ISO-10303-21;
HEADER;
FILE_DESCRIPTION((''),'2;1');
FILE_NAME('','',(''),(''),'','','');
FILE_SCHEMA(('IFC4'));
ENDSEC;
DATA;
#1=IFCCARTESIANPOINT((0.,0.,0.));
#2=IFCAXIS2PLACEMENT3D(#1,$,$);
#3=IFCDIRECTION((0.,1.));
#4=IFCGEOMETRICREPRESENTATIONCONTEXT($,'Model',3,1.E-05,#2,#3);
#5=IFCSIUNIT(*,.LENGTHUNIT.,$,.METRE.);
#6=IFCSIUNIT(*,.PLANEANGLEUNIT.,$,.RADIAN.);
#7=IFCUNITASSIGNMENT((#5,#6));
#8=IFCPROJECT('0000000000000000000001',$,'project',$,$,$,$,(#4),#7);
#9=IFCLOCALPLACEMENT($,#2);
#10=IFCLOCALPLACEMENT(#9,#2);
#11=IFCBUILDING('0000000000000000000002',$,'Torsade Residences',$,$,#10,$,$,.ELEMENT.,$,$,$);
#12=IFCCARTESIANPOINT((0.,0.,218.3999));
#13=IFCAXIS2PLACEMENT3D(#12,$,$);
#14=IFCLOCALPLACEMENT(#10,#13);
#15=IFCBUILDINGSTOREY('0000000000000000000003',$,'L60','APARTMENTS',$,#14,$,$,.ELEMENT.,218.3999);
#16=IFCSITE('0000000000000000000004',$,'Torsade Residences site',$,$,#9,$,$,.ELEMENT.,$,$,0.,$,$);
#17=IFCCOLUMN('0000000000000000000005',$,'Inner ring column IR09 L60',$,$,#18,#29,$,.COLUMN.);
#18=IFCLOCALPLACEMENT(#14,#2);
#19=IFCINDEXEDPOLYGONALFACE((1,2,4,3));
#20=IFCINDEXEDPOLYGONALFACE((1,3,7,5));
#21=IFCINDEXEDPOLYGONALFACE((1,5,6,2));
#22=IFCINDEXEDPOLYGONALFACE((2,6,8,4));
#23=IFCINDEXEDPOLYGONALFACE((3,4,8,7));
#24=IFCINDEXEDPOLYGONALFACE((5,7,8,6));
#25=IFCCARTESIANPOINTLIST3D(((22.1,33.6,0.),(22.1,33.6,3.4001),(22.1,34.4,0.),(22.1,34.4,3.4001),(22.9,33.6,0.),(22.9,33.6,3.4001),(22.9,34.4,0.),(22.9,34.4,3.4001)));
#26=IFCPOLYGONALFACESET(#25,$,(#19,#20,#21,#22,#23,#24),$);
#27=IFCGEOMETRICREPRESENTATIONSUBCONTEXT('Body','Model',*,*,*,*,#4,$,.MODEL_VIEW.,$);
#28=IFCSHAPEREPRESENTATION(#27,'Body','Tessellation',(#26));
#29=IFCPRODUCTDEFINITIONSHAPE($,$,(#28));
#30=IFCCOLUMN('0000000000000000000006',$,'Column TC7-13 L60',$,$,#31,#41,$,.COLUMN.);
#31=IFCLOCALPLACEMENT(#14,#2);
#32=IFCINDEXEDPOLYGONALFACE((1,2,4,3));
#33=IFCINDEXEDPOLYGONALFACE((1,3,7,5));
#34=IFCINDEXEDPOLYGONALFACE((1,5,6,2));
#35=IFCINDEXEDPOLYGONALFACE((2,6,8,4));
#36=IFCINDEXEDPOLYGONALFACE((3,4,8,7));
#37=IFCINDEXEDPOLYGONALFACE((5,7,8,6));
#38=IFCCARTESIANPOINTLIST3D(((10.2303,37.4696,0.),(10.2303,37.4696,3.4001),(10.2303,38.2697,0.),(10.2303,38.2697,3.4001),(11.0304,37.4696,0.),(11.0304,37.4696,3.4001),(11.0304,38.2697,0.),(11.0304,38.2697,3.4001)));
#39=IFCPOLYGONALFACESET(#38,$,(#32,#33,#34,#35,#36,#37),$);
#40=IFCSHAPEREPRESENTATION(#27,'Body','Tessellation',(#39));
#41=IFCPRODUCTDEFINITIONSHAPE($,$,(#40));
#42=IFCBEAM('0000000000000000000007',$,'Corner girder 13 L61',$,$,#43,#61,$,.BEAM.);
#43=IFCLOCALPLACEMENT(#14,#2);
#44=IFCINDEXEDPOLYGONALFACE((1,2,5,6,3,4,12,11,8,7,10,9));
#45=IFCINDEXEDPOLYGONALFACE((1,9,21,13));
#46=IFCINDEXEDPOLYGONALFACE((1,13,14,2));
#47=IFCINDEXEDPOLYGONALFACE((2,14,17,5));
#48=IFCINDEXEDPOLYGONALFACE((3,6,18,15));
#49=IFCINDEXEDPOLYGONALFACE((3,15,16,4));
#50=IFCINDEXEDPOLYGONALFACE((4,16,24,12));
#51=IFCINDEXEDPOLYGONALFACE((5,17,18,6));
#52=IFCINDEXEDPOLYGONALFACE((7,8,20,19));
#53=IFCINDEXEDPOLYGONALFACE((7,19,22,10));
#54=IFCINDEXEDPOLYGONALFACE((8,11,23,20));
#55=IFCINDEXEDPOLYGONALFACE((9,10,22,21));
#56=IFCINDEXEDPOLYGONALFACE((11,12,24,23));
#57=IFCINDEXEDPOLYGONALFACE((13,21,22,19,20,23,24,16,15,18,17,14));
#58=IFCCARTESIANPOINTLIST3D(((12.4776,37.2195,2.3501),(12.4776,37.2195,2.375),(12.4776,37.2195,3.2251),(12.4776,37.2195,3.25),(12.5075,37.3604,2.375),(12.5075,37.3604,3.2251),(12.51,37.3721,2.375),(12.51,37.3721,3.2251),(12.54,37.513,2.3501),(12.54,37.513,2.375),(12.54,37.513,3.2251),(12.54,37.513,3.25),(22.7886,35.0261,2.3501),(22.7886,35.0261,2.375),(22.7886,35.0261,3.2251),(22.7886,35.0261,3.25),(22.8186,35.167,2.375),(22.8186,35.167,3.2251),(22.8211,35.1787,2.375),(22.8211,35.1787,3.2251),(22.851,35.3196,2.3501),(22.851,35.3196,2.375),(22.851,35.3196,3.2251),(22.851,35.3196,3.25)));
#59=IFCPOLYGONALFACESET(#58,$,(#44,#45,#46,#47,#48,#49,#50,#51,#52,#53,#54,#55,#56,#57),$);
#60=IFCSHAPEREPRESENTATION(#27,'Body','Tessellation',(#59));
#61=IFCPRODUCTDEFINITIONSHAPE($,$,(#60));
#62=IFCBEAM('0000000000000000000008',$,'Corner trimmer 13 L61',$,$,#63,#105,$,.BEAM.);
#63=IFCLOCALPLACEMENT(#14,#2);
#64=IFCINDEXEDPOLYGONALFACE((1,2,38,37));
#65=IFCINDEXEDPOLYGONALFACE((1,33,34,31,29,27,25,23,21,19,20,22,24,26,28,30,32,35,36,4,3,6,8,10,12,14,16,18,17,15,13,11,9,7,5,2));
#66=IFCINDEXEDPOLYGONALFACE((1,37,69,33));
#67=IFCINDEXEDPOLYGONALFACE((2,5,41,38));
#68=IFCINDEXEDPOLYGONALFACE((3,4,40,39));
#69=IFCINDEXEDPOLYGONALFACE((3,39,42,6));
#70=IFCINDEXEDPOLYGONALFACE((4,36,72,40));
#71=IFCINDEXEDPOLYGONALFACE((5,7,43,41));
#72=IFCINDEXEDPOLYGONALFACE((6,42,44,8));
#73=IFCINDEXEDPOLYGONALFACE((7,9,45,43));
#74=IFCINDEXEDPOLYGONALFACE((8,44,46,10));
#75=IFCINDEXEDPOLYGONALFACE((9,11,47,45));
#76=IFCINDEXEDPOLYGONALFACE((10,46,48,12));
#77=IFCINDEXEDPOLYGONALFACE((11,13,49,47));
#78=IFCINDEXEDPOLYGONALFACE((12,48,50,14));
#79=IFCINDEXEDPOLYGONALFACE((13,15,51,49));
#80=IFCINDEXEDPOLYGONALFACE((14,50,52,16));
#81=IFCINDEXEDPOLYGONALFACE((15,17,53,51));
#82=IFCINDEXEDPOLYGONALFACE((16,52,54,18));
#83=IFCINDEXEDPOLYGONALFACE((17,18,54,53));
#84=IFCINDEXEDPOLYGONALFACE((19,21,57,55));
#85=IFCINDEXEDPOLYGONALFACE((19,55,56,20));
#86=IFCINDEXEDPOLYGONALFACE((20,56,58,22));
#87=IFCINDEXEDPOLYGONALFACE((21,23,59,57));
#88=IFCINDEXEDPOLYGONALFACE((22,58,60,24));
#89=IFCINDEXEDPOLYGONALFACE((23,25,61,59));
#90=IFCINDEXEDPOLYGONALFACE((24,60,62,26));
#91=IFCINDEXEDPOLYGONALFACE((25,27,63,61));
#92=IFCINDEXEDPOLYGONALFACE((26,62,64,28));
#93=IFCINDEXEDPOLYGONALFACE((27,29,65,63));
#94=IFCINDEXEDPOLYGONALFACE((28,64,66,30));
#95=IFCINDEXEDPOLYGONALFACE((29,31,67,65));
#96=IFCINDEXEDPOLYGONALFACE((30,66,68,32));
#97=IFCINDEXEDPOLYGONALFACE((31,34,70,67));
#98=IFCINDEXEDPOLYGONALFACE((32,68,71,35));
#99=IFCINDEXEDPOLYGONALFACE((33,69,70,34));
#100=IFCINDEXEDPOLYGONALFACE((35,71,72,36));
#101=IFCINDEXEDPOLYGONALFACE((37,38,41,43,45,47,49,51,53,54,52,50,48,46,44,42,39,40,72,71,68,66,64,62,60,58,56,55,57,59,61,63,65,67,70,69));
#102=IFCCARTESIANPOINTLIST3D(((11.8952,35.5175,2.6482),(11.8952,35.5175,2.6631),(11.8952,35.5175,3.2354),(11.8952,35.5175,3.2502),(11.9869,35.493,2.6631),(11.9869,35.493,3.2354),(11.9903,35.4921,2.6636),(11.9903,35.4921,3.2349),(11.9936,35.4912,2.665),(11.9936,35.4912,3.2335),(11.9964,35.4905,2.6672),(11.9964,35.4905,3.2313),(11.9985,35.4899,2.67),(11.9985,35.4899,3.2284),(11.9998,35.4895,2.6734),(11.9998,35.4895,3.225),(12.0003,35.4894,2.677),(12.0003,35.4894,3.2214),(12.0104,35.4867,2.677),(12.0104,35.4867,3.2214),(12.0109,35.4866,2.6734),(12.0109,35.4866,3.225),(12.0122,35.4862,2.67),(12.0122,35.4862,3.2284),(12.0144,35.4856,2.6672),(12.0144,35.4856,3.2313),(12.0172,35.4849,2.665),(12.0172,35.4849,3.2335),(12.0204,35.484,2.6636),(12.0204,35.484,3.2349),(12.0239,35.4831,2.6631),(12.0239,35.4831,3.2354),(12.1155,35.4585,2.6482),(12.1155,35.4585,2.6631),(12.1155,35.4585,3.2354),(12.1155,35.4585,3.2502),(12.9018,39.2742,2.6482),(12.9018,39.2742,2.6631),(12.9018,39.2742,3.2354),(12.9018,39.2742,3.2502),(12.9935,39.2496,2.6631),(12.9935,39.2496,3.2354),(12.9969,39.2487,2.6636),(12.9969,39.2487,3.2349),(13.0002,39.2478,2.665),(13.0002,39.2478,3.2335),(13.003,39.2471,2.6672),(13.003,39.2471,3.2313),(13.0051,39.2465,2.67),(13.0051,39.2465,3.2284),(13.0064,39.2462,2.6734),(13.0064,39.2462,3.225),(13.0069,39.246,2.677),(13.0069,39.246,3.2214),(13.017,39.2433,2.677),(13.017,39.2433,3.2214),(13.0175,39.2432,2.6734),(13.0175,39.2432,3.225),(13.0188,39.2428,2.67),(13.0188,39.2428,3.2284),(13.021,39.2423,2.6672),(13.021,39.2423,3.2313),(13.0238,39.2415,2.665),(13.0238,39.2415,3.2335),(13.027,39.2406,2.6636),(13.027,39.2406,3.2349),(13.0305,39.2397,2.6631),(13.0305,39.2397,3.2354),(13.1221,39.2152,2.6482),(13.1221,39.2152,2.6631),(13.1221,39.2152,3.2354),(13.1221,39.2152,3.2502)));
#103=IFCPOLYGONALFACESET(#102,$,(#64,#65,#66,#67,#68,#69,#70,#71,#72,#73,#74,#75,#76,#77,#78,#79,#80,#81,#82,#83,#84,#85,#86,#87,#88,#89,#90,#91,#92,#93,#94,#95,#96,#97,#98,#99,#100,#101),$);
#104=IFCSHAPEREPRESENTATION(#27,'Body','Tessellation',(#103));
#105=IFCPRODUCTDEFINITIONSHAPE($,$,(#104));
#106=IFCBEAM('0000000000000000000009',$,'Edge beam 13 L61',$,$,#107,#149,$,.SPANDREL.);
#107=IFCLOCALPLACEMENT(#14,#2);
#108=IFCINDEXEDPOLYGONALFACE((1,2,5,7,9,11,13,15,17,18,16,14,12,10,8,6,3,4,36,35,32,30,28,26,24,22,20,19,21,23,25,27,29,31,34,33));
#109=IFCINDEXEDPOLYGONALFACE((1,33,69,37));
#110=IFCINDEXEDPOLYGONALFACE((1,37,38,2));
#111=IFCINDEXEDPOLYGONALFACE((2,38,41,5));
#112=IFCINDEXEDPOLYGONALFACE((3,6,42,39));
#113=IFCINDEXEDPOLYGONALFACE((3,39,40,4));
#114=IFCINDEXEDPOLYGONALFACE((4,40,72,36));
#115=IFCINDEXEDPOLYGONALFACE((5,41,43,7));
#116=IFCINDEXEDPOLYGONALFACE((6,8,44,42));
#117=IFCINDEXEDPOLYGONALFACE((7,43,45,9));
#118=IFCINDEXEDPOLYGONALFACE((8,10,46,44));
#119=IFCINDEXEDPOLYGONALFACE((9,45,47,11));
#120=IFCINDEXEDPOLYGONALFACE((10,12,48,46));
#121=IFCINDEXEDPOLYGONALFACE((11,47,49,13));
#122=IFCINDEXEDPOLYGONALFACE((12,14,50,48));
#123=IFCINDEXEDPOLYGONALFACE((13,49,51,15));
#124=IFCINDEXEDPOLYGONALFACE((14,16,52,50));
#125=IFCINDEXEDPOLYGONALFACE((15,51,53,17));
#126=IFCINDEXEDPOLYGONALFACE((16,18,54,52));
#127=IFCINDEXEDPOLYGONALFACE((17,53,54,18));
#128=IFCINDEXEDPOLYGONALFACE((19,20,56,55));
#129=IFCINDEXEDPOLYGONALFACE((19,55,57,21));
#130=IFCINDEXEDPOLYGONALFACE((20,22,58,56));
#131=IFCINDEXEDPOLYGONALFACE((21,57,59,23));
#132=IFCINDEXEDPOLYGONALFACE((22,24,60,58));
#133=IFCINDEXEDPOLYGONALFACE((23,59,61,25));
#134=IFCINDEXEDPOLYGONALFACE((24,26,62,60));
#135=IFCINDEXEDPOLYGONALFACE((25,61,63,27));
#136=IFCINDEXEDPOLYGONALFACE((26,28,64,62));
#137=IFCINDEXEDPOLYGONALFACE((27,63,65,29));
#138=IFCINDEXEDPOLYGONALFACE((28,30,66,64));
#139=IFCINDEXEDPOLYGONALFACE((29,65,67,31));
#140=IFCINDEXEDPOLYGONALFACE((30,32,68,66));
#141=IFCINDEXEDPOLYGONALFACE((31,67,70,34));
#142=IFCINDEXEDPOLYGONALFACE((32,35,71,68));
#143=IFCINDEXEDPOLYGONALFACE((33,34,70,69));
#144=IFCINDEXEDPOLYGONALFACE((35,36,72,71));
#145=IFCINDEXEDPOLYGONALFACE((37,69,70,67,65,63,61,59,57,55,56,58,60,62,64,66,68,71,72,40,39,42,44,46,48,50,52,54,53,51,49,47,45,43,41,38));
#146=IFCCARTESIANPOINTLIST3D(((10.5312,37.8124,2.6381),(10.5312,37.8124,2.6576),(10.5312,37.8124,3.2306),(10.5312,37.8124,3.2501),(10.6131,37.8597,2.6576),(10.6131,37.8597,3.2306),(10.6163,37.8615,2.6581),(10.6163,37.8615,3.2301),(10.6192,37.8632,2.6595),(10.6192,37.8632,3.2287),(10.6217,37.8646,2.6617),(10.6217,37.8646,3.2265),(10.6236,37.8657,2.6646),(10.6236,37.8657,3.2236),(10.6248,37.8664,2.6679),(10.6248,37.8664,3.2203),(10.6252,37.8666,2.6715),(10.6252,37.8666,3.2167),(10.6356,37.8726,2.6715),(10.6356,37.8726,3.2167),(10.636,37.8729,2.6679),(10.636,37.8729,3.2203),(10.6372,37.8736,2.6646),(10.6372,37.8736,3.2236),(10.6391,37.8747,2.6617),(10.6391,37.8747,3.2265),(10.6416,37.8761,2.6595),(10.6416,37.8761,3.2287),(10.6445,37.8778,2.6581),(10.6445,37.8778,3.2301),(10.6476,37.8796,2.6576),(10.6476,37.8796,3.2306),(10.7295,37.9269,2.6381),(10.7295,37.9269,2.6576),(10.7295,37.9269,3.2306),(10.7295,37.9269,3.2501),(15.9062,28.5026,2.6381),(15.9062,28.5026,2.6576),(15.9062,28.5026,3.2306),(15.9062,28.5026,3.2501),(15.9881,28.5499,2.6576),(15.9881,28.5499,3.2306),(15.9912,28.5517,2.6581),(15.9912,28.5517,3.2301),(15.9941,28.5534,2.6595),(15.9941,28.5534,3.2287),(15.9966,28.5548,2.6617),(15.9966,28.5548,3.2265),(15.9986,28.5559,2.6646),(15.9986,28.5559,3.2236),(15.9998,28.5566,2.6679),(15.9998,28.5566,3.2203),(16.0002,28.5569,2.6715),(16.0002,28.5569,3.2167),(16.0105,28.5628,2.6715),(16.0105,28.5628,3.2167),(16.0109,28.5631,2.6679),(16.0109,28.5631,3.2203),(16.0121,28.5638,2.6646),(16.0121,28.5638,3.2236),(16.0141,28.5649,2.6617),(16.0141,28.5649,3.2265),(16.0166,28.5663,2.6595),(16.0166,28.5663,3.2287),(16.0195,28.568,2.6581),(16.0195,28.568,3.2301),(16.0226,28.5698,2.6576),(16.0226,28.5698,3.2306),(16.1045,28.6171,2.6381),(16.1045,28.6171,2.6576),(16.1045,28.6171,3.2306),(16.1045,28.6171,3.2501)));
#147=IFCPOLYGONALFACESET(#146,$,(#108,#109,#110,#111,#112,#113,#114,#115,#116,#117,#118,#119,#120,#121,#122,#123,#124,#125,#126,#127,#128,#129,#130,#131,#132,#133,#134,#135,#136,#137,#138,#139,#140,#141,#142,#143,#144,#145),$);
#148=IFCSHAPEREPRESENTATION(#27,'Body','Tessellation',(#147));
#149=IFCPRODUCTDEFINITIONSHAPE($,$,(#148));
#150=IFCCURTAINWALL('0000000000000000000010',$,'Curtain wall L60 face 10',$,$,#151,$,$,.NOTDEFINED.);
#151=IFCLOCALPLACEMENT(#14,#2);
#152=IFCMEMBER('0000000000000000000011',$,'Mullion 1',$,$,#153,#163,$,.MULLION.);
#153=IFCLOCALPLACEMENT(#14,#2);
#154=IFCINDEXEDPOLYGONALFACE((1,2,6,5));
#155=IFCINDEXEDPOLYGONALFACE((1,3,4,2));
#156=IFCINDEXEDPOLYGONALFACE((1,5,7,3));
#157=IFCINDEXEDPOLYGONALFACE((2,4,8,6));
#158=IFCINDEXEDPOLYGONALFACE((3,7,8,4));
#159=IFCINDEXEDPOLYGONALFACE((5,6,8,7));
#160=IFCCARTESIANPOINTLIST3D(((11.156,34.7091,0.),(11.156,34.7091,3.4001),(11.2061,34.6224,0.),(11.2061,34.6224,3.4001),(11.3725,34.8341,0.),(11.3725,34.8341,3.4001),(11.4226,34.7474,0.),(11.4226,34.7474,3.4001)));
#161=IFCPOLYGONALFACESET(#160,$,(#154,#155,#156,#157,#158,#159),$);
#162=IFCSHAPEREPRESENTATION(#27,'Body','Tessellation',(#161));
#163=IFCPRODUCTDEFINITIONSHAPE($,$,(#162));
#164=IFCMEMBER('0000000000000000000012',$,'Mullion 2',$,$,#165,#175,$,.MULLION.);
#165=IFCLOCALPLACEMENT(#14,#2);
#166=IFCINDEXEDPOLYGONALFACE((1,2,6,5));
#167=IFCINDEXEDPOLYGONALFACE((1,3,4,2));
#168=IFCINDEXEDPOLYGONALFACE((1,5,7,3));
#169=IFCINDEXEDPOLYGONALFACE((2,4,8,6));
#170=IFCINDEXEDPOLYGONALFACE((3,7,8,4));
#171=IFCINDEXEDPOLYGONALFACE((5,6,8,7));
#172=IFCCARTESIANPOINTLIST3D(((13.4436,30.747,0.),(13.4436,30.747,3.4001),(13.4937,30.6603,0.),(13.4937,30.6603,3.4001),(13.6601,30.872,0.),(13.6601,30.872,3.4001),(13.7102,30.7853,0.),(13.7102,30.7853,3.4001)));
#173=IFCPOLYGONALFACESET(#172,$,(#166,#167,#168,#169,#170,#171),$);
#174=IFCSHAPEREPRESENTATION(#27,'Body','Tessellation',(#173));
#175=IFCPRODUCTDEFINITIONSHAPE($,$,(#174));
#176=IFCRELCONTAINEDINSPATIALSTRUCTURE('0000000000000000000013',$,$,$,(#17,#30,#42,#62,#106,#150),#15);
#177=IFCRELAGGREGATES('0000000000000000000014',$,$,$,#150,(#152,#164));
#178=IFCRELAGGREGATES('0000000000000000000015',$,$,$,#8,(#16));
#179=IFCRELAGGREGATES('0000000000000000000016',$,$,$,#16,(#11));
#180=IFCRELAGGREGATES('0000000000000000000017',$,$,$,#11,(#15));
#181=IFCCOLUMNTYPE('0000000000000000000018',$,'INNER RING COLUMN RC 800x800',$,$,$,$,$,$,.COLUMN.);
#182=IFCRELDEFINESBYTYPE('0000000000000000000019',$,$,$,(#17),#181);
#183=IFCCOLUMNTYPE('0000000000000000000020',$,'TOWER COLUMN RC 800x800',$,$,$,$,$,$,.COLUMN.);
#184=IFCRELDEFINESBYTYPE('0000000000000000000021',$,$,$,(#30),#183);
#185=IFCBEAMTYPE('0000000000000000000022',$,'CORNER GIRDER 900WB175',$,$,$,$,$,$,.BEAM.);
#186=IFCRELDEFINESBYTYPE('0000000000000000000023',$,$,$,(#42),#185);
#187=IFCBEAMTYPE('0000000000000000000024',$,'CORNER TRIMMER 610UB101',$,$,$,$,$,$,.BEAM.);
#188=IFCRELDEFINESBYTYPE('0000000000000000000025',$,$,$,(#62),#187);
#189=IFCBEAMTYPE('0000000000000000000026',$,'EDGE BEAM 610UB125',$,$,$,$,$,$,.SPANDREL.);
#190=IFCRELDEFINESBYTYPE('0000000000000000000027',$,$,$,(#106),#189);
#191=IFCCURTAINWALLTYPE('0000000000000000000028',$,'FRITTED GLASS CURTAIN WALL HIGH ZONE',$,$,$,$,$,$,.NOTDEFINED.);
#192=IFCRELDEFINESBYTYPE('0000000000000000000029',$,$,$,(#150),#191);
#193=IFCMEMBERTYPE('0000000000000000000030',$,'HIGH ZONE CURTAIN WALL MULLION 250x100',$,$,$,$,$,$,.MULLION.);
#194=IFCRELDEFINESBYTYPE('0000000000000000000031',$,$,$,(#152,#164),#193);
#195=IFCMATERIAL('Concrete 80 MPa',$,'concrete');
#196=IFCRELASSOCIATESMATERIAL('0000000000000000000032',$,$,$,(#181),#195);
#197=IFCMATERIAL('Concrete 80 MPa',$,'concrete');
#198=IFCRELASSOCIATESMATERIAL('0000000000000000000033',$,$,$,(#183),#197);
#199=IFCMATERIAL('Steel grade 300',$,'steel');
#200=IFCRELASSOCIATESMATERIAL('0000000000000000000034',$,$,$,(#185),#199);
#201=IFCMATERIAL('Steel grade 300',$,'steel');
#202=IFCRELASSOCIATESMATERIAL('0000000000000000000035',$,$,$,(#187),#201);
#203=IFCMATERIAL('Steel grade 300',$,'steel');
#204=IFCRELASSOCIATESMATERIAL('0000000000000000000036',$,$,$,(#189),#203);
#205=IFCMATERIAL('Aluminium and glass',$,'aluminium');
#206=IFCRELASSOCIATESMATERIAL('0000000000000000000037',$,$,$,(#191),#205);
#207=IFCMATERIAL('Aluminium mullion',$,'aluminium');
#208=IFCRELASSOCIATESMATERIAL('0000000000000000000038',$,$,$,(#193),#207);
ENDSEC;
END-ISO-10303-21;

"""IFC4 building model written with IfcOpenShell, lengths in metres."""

from ifc_helpers import new_model, si_unit, direction, frame, origin, origin_2d, place, context, subcontext, project, spatial, rectangle, i_section, extrude, material, material_profile, profile_set, type_object, element, aggregate, save


model = new_model("IFC4")

# Units and contexts
model_context = context("Model", 3, precision=1e-05, world=origin(), true_north=direction((0.0, 1.0)))
body_context = subcontext(model_context, "Body", "Model", "MODEL_VIEW")
ifc_project = project(units=[si_unit("LENGTHUNIT", "METRE"), si_unit("PLANEANGLEUNIT", "RADIAN")], contexts=[model_context])

# Site, building, storey
site_placement = place(None, origin())
site = spatial("IfcSite", under=ifc_project, at=site_placement, Name="Torsade Residences site", CompositionType="ELEMENT", RefElevation=0.0)
building_placement = place(site_placement, origin())
building = spatial("IfcBuilding", under=site, at=building_placement, Name="Torsade Residences", CompositionType="ELEMENT")
storey_placement = place(building_placement, frame((0.0, 0.0, 218.3999)))
storey = spatial("IfcBuildingStorey", under=building, at=storey_placement, Name="L60", Description="APARTMENTS", CompositionType="ELEMENT", Elevation=218.3999)

# Columns
ifc_material_1 = material(Name="Concrete 80 MPa", Category="concrete")
ifc_material_profile_1 = material_profile(ifc_material_1, rectangle(XDim=0.8, YDim=0.8, at=origin_2d()), Name="RC 800x800")
ifc_profile_set_1 = profile_set([ifc_material_profile_1], Name="Concrete 80 MPa")
column_type_1 = type_object("IfcColumnType", Name="INNER RING COLUMN RC 800x800", PredefinedType="COLUMN", material=ifc_profile_set_1)
column_1_placement = place(storey_placement, frame((22.5, 34.0, 0.0), z_axis=(0.0, 0.0, 1.0), x_axis=(1.0, 0.0, 0.0)))
element("IfcColumn", 1, at=column_1_placement, inside=storey, type_object=column_type_1, Name="Inner ring column IR09 L60", PredefinedType="COLUMN", context=body_context, shape_type="SweptSolid", body=[
    extrude(rectangle(XDim=0.8, YDim=0.8, at=origin_2d()), origin(), (0.0, 0.0, 1.0), 3.4001),
])
ifc_material_2 = material(Name="Concrete 80 MPa", Category="concrete")
ifc_material_profile_2 = material_profile(ifc_material_2, rectangle(XDim=0.8, YDim=0.8, at=origin_2d()), Name="RC 800x800")
ifc_profile_set_2 = profile_set([ifc_material_profile_2], Name="Concrete 80 MPa")
column_type_2 = type_object("IfcColumnType", Name="TOWER COLUMN RC 800x800", PredefinedType="COLUMN", material=ifc_profile_set_2)
column_2_placement = place(storey_placement, frame((10.6304, 37.8696, 0.0), z_axis=(0.0, 0.0, 1.0), x_axis=(1.0, 0.0, 0.0)))
element("IfcColumn", 2, at=column_2_placement, inside=storey, type_object=column_type_2, Name="Column TC7-13 L60", PredefinedType="COLUMN", context=body_context, shape_type="SweptSolid", body=[
    extrude(rectangle(XDim=0.8, YDim=0.8, at=origin_2d()), origin(), (0.0, 0.0, 1.0), 3.4001),
])

# Beams
ifc_material_3 = material(Name="Steel grade 300", Category="steel")
ifc_material_profile_3 = material_profile(ifc_material_3, i_section(OverallWidth=0.3, OverallDepth=0.8999, WebThickness=0.012, FlangeThickness=0.0249, at=origin_2d()), Name="900WB175")
ifc_profile_set_3 = profile_set([ifc_material_profile_3], Name="Steel grade 300")
beam_type_1 = type_object("IfcBeamType", Name="CORNER GIRDER 900WB175", PredefinedType="BEAM", material=ifc_profile_set_3)
beam_1_placement = place(storey_placement, frame((12.5088, 37.3662, 2.8), z_axis=(0.978115, -0.208064, 0.0), x_axis=(0.208064, 0.978115, 0.0)))
element("IfcBeam", 3, at=beam_1_placement, inside=storey, type_object=beam_type_1, Name="Corner girder 13 L61", PredefinedType="BEAM", context=body_context, shape_type="SweptSolid", body=[
    extrude(i_section(OverallWidth=0.3, OverallDepth=0.8999, WebThickness=0.012, FlangeThickness=0.0249, at=origin_2d()), origin(), (0.0, 0.0, 1.0), 10.5417),
])
ifc_material_4 = material(Name="Steel grade 300", Category="steel")
ifc_material_profile_4 = material_profile(ifc_material_4, i_section(OverallWidth=0.228, OverallDepth=0.6021, WebThickness=0.0105, FlangeThickness=0.0149, FilletRadius=0.0139, at=origin_2d()), Name="610UB101")
ifc_profile_set_4 = profile_set([ifc_material_profile_4], Name="Steel grade 300")
beam_type_2 = type_object("IfcBeamType", Name="CORNER TRIMMER 610UB101", PredefinedType="BEAM", material=ifc_profile_set_4)
beam_2_placement = place(storey_placement, frame((12.0054, 35.488, 2.9492), z_axis=(0.258823, 0.965925, 0.0), x_axis=(-0.965925, 0.258823, 0.0)))
element("IfcBeam", 4, at=beam_2_placement, inside=storey, type_object=beam_type_2, Name="Corner trimmer 13 L61", PredefinedType="BEAM", context=body_context, shape_type="SweptSolid", body=[
    extrude(i_section(OverallWidth=0.228, OverallDepth=0.6021, WebThickness=0.0105, FlangeThickness=0.0149, FilletRadius=0.0139, at=origin_2d()), origin(), (0.0, 0.0, 1.0), 3.8892),
])
ifc_material_5 = material(Name="Steel grade 300", Category="steel")
ifc_material_profile_5 = material_profile(ifc_material_5, i_section(OverallWidth=0.229, OverallDepth=0.6121, WebThickness=0.012, FlangeThickness=0.0195, FilletRadius=0.0139, at=origin_2d()), Name="610UB125")
ifc_profile_set_5 = profile_set([ifc_material_profile_5], Name="Steel grade 300")
beam_type_3 = type_object("IfcBeamType", Name="EDGE BEAM 610UB125", PredefinedType="SPANDREL", material=ifc_profile_set_5)
beam_3_placement = place(storey_placement, frame((10.6304, 37.8696, 2.9441), z_axis=(0.499998, -0.866026, 0.0), x_axis=(0.866026, 0.499998, 0.0)))
element("IfcBeam", 5, at=beam_3_placement, inside=storey, type_object=beam_type_3, Name="Edge beam 13 L61", PredefinedType="SPANDREL", context=body_context, shape_type="SweptSolid", body=[
    extrude(i_section(OverallWidth=0.229, OverallDepth=0.6121, WebThickness=0.012, FlangeThickness=0.0195, FilletRadius=0.0139, at=origin_2d()), origin(), (0.0, 0.0, 1.0), 10.75),
])

# Curtain wall, members
ifc_material_6 = material(Name="Aluminium and glass", Category="aluminium")
curtain_wall_type = type_object("IfcCurtainWallType", Name="FRITTED GLASS CURTAIN WALL HIGH ZONE", PredefinedType="NOTDEFINED", material=ifc_material_6)
curtain_wall_placement = place(storey_placement, origin())
curtain_wall = element("IfcCurtainWall", 6, at=curtain_wall_placement, inside=storey, type_object=curtain_wall_type, Name="Curtain wall L60 face 10", PredefinedType="NOTDEFINED")
ifc_material_7 = material(Name="Aluminium mullion", Category="aluminium")
ifc_material_profile_6 = material_profile(ifc_material_7, rectangle(XDim=0.25, YDim=0.1001, at=origin_2d()), Name="HIGH ZONE CURTAIN WALL MULLION 250x100")
ifc_profile_set_6 = profile_set([ifc_material_profile_6], Name="Aluminium mullion")
member_type_1 = type_object("IfcMemberType", Name="HIGH ZONE CURTAIN WALL MULLION 250x100", PredefinedType="MULLION", material=ifc_profile_set_6)
member_1_placement = place(storey_placement, frame((11.2893, 34.7283, 0.0), z_axis=(0.0, 0.0, 1.0), x_axis=(0.866025, 0.5, 0.0)))
member_1 = element("IfcMember", 7, at=member_1_placement, type_object=member_type_1, Name="Mullion 1", PredefinedType="MULLION", context=body_context, shape_type="SweptSolid", body=[
    extrude(rectangle(XDim=0.25, YDim=0.1001, at=origin_2d()), origin(), (0.0, 0.0, 1.0), 3.4001),
])
member_2_placement = place(storey_placement, frame((13.5769, 30.7661, 0.0), z_axis=(0.0, 0.0, 1.0), x_axis=(0.866025, 0.5, 0.0)))
member_2 = element("IfcMember", 8, at=member_2_placement, type_object=member_type_1, Name="Mullion 2", PredefinedType="MULLION", context=body_context, shape_type="SweptSolid", body=[
    extrude(rectangle(XDim=0.25, YDim=0.1001, at=origin_2d()), origin(), (0.0, 0.0, 1.0), 3.4001),
])

aggregate(curtain_wall, [member_1, member_2])

save(model, "model.ifc")
